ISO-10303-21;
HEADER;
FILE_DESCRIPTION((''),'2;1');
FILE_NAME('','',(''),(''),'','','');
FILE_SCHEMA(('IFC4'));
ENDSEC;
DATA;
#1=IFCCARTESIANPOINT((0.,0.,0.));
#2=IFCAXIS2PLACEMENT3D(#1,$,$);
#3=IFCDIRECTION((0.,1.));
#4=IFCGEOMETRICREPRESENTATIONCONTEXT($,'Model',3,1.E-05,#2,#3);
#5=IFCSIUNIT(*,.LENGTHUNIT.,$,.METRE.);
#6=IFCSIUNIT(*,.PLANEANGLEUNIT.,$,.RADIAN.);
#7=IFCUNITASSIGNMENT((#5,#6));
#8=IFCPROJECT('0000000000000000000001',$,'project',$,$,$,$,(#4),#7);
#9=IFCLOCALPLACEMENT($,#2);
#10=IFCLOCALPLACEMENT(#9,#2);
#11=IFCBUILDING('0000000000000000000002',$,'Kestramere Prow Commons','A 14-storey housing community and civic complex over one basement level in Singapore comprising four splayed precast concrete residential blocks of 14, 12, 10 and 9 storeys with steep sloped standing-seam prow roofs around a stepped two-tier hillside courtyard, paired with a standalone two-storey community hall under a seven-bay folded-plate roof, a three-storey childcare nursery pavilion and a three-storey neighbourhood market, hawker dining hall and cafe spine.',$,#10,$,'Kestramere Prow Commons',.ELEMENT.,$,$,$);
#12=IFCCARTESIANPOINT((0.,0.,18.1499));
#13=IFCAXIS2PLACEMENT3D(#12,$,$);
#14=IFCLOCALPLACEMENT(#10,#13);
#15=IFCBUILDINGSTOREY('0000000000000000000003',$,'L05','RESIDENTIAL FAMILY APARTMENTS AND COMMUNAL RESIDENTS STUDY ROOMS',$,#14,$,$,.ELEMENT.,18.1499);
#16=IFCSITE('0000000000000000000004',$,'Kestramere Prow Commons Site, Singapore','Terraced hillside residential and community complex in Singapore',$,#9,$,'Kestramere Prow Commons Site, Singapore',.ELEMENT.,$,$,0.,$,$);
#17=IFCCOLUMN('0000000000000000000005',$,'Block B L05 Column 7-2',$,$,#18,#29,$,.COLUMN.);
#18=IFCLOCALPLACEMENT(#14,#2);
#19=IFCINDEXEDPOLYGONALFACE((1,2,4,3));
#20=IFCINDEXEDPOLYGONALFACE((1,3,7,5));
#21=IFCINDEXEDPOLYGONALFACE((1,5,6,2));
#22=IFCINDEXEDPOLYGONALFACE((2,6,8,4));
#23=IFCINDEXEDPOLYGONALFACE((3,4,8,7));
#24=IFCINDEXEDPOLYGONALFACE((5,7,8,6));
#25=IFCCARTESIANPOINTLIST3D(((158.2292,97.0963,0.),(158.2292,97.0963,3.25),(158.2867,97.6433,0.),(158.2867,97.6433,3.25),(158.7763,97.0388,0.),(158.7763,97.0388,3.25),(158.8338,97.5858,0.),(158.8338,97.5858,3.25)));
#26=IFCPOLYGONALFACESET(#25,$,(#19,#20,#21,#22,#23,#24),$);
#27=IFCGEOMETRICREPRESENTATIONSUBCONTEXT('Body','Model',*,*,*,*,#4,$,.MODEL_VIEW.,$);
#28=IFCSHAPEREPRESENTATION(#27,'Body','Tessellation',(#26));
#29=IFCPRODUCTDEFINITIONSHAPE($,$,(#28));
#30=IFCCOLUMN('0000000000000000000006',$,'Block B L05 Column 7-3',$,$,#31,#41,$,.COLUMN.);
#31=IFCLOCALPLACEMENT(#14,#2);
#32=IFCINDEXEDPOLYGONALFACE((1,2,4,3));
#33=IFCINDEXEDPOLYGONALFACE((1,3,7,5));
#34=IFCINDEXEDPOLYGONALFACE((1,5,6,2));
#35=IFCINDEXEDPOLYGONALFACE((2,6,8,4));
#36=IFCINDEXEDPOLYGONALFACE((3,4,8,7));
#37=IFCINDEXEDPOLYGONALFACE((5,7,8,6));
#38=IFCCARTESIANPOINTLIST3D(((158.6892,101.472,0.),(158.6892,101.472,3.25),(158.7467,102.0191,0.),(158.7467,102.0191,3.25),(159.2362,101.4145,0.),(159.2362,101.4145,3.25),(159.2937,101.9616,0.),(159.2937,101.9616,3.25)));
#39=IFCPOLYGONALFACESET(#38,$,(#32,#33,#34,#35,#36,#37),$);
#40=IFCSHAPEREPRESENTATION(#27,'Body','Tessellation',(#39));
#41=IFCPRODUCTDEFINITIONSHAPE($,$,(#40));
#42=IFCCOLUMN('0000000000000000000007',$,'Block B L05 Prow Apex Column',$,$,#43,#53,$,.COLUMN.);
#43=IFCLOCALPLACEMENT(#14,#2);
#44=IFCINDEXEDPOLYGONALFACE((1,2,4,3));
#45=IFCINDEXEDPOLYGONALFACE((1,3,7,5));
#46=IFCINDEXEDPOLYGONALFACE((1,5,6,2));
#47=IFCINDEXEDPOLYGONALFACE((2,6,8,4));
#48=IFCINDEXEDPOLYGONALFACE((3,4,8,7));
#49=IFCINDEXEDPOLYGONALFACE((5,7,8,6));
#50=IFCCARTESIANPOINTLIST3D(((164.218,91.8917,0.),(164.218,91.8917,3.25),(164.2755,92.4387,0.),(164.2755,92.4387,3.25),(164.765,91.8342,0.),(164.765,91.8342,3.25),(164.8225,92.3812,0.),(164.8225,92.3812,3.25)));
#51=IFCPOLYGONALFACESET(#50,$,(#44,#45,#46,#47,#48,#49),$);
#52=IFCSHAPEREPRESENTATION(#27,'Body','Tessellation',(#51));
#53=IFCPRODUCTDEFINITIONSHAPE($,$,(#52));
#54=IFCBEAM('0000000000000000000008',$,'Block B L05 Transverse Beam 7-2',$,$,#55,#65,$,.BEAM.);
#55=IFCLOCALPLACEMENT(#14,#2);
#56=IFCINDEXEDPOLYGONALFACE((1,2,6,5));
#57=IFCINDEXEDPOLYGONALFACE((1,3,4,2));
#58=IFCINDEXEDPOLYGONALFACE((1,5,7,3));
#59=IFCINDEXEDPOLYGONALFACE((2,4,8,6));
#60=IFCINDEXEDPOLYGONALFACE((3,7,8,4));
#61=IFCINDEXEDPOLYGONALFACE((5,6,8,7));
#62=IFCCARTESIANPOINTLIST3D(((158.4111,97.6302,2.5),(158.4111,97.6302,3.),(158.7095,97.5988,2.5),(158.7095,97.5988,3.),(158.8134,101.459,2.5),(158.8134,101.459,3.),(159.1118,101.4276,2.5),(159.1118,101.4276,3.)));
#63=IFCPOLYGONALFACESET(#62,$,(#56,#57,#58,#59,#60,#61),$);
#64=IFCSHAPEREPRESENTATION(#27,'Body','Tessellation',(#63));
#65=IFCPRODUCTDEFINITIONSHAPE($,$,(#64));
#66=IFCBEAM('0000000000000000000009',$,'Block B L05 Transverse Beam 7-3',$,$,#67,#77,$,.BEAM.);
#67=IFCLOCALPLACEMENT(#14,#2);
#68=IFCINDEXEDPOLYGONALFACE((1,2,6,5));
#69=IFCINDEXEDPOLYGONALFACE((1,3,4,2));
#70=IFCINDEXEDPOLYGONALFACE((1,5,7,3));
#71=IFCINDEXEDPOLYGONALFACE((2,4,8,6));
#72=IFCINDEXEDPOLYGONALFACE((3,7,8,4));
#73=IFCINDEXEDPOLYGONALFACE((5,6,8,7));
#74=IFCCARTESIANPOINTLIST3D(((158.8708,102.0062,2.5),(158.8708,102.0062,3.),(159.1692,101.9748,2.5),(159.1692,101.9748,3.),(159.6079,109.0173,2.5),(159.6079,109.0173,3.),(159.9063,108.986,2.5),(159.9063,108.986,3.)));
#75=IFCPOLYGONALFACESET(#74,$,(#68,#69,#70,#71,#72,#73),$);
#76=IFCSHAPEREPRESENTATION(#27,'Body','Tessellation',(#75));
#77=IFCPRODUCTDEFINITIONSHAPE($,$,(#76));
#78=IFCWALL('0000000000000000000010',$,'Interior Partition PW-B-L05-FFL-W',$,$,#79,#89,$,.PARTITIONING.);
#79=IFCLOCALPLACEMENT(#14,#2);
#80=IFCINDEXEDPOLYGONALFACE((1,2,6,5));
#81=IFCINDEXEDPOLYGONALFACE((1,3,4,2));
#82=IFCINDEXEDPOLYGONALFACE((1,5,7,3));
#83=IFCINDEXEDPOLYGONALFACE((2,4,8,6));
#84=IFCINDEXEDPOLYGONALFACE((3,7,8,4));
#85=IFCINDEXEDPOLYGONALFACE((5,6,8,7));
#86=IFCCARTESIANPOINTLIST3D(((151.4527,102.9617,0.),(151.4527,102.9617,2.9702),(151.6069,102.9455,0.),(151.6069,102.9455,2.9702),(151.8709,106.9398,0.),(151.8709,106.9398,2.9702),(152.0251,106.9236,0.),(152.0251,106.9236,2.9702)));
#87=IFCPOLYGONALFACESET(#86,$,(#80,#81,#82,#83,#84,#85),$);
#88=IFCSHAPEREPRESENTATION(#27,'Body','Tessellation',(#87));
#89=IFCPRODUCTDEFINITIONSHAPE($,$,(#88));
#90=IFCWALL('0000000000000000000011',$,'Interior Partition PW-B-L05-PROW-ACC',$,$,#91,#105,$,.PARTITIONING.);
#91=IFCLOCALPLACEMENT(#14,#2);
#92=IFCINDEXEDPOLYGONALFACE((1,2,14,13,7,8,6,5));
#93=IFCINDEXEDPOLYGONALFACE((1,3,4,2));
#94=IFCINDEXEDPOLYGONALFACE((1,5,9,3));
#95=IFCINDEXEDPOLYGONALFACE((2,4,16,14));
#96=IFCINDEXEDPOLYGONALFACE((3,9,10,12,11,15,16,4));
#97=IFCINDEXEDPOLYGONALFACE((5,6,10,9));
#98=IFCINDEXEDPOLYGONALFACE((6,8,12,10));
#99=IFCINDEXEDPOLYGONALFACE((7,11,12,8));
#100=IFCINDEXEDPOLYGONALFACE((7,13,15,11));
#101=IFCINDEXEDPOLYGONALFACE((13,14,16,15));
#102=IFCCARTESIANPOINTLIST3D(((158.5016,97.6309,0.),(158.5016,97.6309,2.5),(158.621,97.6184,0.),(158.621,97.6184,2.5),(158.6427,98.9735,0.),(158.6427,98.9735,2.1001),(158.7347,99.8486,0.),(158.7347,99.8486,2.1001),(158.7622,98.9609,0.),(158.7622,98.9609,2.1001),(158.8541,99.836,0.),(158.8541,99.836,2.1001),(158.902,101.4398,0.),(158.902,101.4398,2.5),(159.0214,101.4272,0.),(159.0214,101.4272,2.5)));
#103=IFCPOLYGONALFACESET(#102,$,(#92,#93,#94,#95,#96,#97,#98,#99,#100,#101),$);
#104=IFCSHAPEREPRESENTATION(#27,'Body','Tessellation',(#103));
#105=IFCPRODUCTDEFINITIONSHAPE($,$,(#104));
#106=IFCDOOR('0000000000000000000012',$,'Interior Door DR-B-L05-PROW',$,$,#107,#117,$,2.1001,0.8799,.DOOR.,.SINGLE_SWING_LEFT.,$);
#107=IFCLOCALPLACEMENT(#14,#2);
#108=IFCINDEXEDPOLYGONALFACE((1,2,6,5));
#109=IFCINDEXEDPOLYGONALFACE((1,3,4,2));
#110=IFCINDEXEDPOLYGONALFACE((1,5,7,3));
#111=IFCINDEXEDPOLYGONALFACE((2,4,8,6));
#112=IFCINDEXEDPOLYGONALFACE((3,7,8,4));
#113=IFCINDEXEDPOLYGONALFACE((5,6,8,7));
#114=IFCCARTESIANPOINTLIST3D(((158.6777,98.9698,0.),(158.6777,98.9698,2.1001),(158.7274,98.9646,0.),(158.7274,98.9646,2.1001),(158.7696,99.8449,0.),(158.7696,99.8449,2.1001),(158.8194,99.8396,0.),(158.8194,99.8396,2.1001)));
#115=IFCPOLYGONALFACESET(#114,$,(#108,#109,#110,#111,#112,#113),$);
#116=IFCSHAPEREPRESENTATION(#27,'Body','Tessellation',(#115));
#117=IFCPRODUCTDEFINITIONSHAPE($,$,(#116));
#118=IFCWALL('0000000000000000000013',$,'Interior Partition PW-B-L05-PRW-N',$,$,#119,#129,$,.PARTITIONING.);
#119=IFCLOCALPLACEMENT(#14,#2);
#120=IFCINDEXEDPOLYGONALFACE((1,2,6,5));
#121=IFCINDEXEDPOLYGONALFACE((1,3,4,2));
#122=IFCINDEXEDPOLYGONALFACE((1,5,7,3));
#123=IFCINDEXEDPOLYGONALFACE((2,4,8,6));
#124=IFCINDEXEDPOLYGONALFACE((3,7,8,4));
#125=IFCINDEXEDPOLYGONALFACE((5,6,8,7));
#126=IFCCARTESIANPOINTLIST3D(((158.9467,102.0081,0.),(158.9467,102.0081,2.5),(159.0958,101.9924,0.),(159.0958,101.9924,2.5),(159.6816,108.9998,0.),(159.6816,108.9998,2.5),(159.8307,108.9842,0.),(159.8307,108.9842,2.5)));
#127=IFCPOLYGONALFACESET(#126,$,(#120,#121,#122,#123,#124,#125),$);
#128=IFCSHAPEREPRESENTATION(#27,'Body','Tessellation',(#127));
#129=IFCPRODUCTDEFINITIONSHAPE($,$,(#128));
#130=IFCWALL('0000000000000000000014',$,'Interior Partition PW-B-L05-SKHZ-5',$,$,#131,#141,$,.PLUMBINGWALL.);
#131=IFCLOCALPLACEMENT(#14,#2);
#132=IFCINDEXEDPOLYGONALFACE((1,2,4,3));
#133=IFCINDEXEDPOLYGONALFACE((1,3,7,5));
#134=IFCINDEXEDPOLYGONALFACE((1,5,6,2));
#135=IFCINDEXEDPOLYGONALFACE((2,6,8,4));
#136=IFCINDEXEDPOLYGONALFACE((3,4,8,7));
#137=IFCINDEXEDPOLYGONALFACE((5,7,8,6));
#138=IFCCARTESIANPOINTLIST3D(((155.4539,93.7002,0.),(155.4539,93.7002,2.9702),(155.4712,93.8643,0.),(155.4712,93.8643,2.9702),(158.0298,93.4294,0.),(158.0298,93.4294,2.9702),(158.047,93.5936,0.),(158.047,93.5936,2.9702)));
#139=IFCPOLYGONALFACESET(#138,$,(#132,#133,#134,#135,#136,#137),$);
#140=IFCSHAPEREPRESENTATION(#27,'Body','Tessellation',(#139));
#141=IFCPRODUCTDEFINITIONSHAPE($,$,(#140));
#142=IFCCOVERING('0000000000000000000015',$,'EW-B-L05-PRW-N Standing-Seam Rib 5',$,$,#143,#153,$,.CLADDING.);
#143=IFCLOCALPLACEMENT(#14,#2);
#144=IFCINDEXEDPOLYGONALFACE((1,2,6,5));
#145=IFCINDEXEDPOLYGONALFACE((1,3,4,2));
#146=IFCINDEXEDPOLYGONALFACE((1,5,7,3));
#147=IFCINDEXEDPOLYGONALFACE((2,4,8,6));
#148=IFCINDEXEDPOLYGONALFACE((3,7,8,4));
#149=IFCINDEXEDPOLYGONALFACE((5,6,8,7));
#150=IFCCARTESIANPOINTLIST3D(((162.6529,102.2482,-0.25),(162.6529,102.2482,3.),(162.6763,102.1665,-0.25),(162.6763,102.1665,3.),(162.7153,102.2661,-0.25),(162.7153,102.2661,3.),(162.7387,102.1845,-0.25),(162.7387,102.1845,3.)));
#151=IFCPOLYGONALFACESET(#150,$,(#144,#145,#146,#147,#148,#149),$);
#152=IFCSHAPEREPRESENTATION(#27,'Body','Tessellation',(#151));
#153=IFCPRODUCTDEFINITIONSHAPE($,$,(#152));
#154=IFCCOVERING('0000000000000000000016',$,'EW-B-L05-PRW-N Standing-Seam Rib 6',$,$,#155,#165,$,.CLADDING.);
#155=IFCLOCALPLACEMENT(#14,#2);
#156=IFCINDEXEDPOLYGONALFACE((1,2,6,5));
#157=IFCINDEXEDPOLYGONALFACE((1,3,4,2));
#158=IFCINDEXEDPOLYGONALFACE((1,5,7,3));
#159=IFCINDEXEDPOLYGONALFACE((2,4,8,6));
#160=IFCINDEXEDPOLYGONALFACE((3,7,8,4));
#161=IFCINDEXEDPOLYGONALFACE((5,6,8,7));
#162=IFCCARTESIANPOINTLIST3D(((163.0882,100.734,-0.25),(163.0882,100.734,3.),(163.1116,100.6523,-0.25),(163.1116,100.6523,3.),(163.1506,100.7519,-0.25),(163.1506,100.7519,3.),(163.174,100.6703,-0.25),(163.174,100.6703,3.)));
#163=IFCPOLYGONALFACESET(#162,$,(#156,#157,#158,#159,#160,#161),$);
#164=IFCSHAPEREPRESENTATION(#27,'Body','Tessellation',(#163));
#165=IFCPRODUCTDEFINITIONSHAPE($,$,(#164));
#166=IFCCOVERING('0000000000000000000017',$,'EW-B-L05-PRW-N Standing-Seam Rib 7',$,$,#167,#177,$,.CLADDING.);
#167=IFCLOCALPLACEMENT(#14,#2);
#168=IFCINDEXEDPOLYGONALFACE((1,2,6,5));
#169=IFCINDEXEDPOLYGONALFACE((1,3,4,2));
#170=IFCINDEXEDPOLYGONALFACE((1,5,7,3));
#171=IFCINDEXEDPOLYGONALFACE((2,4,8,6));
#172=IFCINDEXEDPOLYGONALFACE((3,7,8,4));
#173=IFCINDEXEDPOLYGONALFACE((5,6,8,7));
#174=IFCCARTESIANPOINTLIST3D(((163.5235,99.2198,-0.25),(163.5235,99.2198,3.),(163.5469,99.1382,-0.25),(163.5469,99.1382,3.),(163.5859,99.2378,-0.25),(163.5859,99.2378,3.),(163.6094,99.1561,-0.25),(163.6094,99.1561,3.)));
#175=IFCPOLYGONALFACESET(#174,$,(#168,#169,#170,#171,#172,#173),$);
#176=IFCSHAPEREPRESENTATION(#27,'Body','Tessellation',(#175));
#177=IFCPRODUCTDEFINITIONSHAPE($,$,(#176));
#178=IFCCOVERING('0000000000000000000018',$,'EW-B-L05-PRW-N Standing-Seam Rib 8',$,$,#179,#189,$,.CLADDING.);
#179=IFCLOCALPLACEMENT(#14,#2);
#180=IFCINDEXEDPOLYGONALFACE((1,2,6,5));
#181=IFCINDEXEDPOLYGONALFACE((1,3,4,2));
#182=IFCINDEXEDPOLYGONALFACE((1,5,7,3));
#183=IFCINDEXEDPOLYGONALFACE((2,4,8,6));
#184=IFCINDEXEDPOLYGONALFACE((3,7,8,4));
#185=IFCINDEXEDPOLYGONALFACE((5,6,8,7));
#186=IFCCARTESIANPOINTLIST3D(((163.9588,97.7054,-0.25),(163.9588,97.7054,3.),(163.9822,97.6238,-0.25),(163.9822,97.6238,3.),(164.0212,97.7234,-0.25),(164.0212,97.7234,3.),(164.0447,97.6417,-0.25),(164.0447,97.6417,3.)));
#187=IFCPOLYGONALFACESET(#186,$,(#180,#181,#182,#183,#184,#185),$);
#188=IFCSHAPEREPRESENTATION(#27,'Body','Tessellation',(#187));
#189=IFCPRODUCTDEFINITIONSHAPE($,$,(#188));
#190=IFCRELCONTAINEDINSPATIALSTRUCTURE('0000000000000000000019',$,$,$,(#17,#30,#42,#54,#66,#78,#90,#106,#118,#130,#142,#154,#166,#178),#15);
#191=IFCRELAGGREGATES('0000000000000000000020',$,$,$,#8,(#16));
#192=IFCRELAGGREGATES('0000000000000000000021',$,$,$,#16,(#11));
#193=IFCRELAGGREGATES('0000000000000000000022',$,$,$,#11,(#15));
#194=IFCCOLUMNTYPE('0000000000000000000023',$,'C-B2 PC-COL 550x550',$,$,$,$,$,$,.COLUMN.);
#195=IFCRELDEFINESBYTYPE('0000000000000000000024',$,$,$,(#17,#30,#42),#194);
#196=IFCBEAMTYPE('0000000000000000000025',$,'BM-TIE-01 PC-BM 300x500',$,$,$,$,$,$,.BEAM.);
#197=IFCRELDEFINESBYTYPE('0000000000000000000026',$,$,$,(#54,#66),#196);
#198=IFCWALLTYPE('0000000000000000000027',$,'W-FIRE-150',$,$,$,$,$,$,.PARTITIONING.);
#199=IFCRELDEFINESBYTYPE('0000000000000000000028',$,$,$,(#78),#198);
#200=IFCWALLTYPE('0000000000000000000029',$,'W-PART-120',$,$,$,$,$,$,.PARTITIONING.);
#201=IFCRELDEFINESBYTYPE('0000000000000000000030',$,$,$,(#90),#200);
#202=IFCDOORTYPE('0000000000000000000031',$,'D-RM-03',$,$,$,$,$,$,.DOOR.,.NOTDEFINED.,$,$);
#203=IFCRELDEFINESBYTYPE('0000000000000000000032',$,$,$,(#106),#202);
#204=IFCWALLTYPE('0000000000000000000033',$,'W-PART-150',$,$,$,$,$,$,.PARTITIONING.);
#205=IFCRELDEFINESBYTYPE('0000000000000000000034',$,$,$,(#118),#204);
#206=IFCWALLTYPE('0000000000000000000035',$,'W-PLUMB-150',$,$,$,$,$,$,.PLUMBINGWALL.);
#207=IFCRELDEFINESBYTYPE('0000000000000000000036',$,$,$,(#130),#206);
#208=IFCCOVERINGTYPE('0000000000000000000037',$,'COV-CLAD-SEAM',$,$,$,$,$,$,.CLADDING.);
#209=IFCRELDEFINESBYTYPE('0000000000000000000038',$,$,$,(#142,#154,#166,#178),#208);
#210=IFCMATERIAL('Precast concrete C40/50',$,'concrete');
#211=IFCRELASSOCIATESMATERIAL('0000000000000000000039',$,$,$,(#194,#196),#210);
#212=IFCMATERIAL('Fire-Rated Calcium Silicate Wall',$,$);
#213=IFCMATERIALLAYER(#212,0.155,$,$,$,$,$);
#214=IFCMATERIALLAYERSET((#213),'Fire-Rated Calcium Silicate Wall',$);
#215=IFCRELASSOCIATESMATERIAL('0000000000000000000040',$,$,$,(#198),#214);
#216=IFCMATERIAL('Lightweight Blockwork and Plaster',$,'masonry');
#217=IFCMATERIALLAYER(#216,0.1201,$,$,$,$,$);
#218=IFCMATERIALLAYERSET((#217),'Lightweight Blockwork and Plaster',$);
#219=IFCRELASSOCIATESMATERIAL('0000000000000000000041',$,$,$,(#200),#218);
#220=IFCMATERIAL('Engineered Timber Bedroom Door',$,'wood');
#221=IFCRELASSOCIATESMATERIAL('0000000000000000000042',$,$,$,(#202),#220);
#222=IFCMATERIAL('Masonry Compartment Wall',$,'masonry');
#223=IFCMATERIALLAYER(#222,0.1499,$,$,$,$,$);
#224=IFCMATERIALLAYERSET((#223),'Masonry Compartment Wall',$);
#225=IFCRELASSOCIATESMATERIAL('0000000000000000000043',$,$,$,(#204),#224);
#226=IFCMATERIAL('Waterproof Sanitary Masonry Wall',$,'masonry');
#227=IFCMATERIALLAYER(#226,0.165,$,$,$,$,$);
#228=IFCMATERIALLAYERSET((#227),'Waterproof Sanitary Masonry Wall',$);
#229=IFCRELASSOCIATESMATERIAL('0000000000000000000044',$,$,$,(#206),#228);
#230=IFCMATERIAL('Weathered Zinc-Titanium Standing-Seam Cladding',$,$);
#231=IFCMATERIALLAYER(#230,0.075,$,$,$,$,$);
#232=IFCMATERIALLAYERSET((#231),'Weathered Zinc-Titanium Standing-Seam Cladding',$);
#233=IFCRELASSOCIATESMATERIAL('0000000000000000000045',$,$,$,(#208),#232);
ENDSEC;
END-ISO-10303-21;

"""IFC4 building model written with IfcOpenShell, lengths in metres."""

from ifc_helpers import new_model, si_unit, direction, frame, frame_2d, origin, origin_2d, place, context, subcontext, project, spatial, rectangle, extrude, material, layer, layer_set, material_profile, profile_set, type_object, element, fill, save


model = new_model("IFC4")

# Units and contexts
model_context = context("Model", 3, precision=1e-05, world=origin(), true_north=direction((0.0, 1.0)))
body_context = subcontext(model_context, "Body", "Model", "MODEL_VIEW")
ifc_project = project(units=[si_unit("LENGTHUNIT", "METRE"), si_unit("PLANEANGLEUNIT", "RADIAN")], contexts=[model_context])

# Site, building, storey
site_placement = place(None, origin())
site = spatial("IfcSite", under=ifc_project, at=site_placement, Name="Kestramere Prow Commons Site, Singapore", Description="Terraced hillside residential and community complex in Singapore", LongName="Kestramere Prow Commons Site, Singapore", CompositionType="ELEMENT", RefElevation=0.0)
building_placement = place(site_placement, origin())
building = spatial("IfcBuilding", under=site, at=building_placement, Name="Kestramere Prow Commons", Description="A 14-storey housing community and civic complex over one basement level in Singapore comprising four splayed precast concrete residential blocks of 14, 12, 10 and 9 storeys with steep sloped standing-seam prow roofs around a stepped two-tier hillside courtyard, paired with a standalone two-storey community hall under a seven-bay folded-plate roof, a three-storey childcare nursery pavilion and a three-storey neighbourhood market, hawker dining hall and cafe spine.", LongName="Kestramere Prow Commons", CompositionType="ELEMENT")
storey_placement = place(building_placement, frame((0.0, 0.0, 18.1499)))
storey = spatial("IfcBuildingStorey", under=building, at=storey_placement, Name="L05", Description="RESIDENTIAL FAMILY APARTMENTS AND COMMUNAL RESIDENTS STUDY ROOMS", CompositionType="ELEMENT", Elevation=18.1499)

# Columns
ifc_material_1 = material(Name="Precast concrete C40/50", Category="concrete")
ifc_material_profile_1 = material_profile(ifc_material_1, rectangle(XDim=0.55, YDim=0.55, at=origin_2d()), Name="PC-COL 550x550")
ifc_profile_set_1 = profile_set([ifc_material_profile_1], Name="Precast concrete C40/50")
column_type = type_object("IfcColumnType", Name="C-B2 PC-COL 550x550", PredefinedType="COLUMN", material=ifc_profile_set_1)
for number, where, z_axis, x_axis, name in (
    (1, (158.5315, 97.3411, 0.0), (0.0, 0.0, 1.0), (0.994522, -0.104528, 0.0), "Block B L05 Column 7-2"),
    (2, (158.9915, 101.7168, 0.0), (0.0, 0.0, 1.0), (0.994522, -0.104528, 0.0), "Block B L05 Column 7-3"),
    (3, (164.5203, 92.1365, 0.0), (0.0, 0.0, 1.0), (0.994522, -0.104528, 0.0), "Block B L05 Prow Apex Column"),
):
    element("IfcColumn", number, at=place(storey_placement, frame(where, z_axis=z_axis, x_axis=x_axis)), inside=storey, type_object=column_type, Name=name, PredefinedType="COLUMN", context=body_context, shape_type="SweptSolid", body=[
        extrude(rectangle(XDim=0.55, YDim=0.55, at=origin_2d()), origin(), (0.0, 0.0, 1.0), 3.25),
    ])

# Beams
ifc_material_profile_2 = material_profile(ifc_material_1, rectangle(XDim=0.3, YDim=0.5, at=origin_2d()), Name="PC-BM 300x500")
ifc_profile_set_2 = profile_set([ifc_material_profile_2], Name="Precast concrete C40/50")
beam_type = type_object("IfcBeamType", Name="BM-TIE-01 PC-BM 300x500", PredefinedType="BEAM", material=ifc_profile_set_2)
beam_1_placement = place(storey_placement, frame((158.5603, 97.6145, 2.75), z_axis=(0.104507, 0.994524, 0.0), x_axis=(-0.994524, 0.104507, 0.0)))
element("IfcBeam", 4, at=beam_1_placement, inside=storey, type_object=beam_type, Name="Block B L05 Transverse Beam 7-2", PredefinedType="BEAM", context=body_context, shape_type="SweptSolid", body=[
    extrude(rectangle(XDim=0.3, YDim=0.5, at=origin_2d()), origin(), (0.0, 0.0, 1.0), 3.8499),
])
beam_2_placement = place(storey_placement, frame((159.02, 101.9905, 2.75), z_axis=(0.10455, 0.99452, 0.0), x_axis=(-0.99452, 0.10455, 0.0)))
element("IfcBeam", 5, at=beam_2_placement, inside=storey, type_object=beam_type, Name="Block B L05 Transverse Beam 7-3", PredefinedType="BEAM", context=body_context, shape_type="SweptSolid", body=[
    extrude(rectangle(XDim=0.3, YDim=0.5, at=origin_2d()), origin(), (0.0, 0.0, 1.0), 7.0498),
])

# Shared definitions
ifc_material_2 = material(Name="Fire-Rated Calcium Silicate Wall")
ifc_layer_1 = layer(ifc_material_2, 0.155)
ifc_layer_set_1 = layer_set([ifc_layer_1], Name="Fire-Rated Calcium Silicate Wall")
wall_type_1 = type_object("IfcWallType", Name="W-FIRE-150", PredefinedType="PARTITIONING", material=ifc_layer_set_1)

# Wall
wall_1_placement = place(storey_placement, frame((151.5298, 102.9536, 0.0), z_axis=(0.0, 0.0, 1.0), x_axis=(0.104555, 0.994519, 0.0)))
element("IfcWall", 6, at=wall_1_placement, inside=storey, type_object=wall_type_1, Name="Interior Partition PW-B-L05-FFL-W", PredefinedType="PARTITIONING", context=body_context, shape_type="SweptSolid", body=[
    extrude(rectangle(XDim=4.0, YDim=0.155, at=frame_2d((2.0, 0.0))), origin(), (0.0, 0.0, 1.0), 2.9702),
])

# Wall, opening, door
ifc_material_3 = material(Name="Lightweight Blockwork and Plaster", Category="masonry")
ifc_layer_2 = layer(ifc_material_3, 0.1201)
ifc_layer_set_2 = layer_set([ifc_layer_2], Name="Lightweight Blockwork and Plaster")
wall_type_2 = type_object("IfcWallType", Name="W-PART-120", PredefinedType="PARTITIONING", material=ifc_layer_set_2)
wall_2_placement = place(storey_placement, frame((158.5613, 97.6245, 0.0), z_axis=(0.0, 0.0, 1.0), x_axis=(0.104545, 0.99452, 0.0)))
wall_2 = element("IfcWall", 7, at=wall_2_placement, inside=storey, type_object=wall_type_2, Name="Interior Partition PW-B-L05-PROW-ACC", PredefinedType="PARTITIONING", context=body_context, shape_type="SweptSolid", body=[
    extrude(rectangle(XDim=3.8298, YDim=0.1201, at=frame_2d((1.915, 0.0))), origin(), (0.0, 0.0, 1.0), 2.5),
])
opening_1_placement = place(wall_2_placement, frame((1.3501, 0.0, 0.0)))
opening_1 = element("IfcOpeningElement", 8, at=opening_1_placement, cuts=wall_2, PredefinedType="OPENING", context=body_context, shape_type="SweptSolid", body=[
    extrude(rectangle(XDim=0.8799, YDim=2.1001, at=frame_2d((0.4399, 1.05))), frame((0.0, 0.075, 0.0), z_axis=(0.0, -1.0, 0.0), x_axis=(1.0, 0.0, 0.0)), (0.0, 0.0, 1.0), 0.1501),
])
ifc_material_4 = material(Name="Engineered Timber Bedroom Door", Category="wood")
door_type_1 = type_object("IfcDoorType", Name="D-RM-03", OperationType="NOTDEFINED", PredefinedType="DOOR", material=ifc_material_4)
door_1_placement = place(opening_1_placement, origin())
door_1 = element("IfcDoor", 9, at=door_1_placement, inside=storey, type_object=door_type_1, Name="Interior Door DR-B-L05-PROW", OperationType="SINGLE_SWING_LEFT", OverallHeight=2.1001, OverallWidth=0.8799, PredefinedType="DOOR", context=body_context, shape_type="SweptSolid", body=[
    extrude(rectangle(XDim=0.8799, YDim=2.1001, at=frame_2d((0.4399, 1.05))), frame((0.0, 0.0249, 0.0), z_axis=(0.0, -1.0, 0.0), x_axis=(1.0, 0.0, 0.0)), (0.0, 0.0, 1.0), 0.05),
])
fill(opening_1, door_1)

# Wall
ifc_material_5 = material(Name="Masonry Compartment Wall", Category="masonry")
ifc_layer_3 = layer(ifc_material_5, 0.1499)
ifc_layer_set_3 = layer_set([ifc_layer_3], Name="Masonry Compartment Wall")
wall_type_3 = type_object("IfcWallType", Name="W-PART-150", PredefinedType="PARTITIONING", material=ifc_layer_set_3)
wall_3_placement = place(storey_placement, frame((159.0212, 102.0002, 0.0), z_axis=(0.0, 0.0, 1.0), x_axis=(0.104529, 0.994522, 0.0)))
element("IfcWall", 10, at=wall_3_placement, inside=storey, type_object=wall_type_3, Name="Interior Partition PW-B-L05-PRW-N", PredefinedType="PARTITIONING", context=body_context, shape_type="SweptSolid", body=[
    extrude(rectangle(XDim=7.0303, YDim=0.1499, at=frame_2d((3.5151, 0.0))), origin(), (0.0, 0.0, 1.0), 2.5),
])

# Shared definitions
ifc_material_6 = material(Name="Waterproof Sanitary Masonry Wall", Category="masonry")
ifc_layer_4 = layer(ifc_material_6, 0.165)
ifc_layer_set_4 = layer_set([ifc_layer_4], Name="Waterproof Sanitary Masonry Wall")
wall_type_4 = type_object("IfcWallType", Name="W-PLUMB-150", PredefinedType="PLUMBINGWALL", material=ifc_layer_set_4)

# Wall
wall_4_placement = place(storey_placement, frame((155.4626, 93.7822, 0.0), z_axis=(0.0, 0.0, 1.0), x_axis=(0.994521, -0.104533, 0.0)))
element("IfcWall", 11, at=wall_4_placement, inside=storey, type_object=wall_type_4, Name="Interior Partition PW-B-L05-SKHZ-5", PredefinedType="PLUMBINGWALL", context=body_context, shape_type="SweptSolid", body=[
    extrude(rectangle(XDim=2.5901, YDim=0.165, at=frame_2d((1.2949, 0.0))), origin(), (0.0, 0.0, 1.0), 2.9702),
])

# Coverings
ifc_material_7 = material(Name="Weathered Zinc-Titanium Standing-Seam Cladding")
ifc_layer_5 = layer(ifc_material_7, 0.075)
ifc_layer_set_5 = layer_set([ifc_layer_5], Name="Weathered Zinc-Titanium Standing-Seam Cladding")
covering_type = type_object("IfcCoveringType", Name="COV-CLAD-SEAM", PredefinedType="CLADDING", material=ifc_layer_set_5)
for number, where, z_axis, x_axis, name in (
    (12, (162.6958, 102.2163, -0.25), (0.0, 0.0, 1.0), (0.276318, -0.961066, 0.0), "EW-B-L05-PRW-N Standing-Seam Rib 5"),
    (13, (163.1311, 100.7021, -0.25), (0.0, 0.0, 1.0), (0.276318, -0.961066, 0.0), "EW-B-L05-PRW-N Standing-Seam Rib 6"),
    (14, (163.5664, 99.188, -0.25), (0.0, 0.0, 1.0), (0.276318, -0.961066, 0.0), "EW-B-L05-PRW-N Standing-Seam Rib 7"),
    (15, (164.0017, 97.6736, -0.25), (0.0, 0.0, 1.0), (0.276318, -0.961066, 0.0), "EW-B-L05-PRW-N Standing-Seam Rib 8"),
):
    element("IfcCovering", number, at=place(storey_placement, frame(where, z_axis=z_axis, x_axis=x_axis)), inside=storey, type_object=covering_type, Name=name, PredefinedType="CLADDING", context=body_context, shape_type="SweptSolid", body=[
        extrude(rectangle(XDim=0.085, YDim=0.0649, at=origin_2d()), origin(), (0.0, 0.0, 1.0), 3.25),
    ])

save(model, "model.ifc")
